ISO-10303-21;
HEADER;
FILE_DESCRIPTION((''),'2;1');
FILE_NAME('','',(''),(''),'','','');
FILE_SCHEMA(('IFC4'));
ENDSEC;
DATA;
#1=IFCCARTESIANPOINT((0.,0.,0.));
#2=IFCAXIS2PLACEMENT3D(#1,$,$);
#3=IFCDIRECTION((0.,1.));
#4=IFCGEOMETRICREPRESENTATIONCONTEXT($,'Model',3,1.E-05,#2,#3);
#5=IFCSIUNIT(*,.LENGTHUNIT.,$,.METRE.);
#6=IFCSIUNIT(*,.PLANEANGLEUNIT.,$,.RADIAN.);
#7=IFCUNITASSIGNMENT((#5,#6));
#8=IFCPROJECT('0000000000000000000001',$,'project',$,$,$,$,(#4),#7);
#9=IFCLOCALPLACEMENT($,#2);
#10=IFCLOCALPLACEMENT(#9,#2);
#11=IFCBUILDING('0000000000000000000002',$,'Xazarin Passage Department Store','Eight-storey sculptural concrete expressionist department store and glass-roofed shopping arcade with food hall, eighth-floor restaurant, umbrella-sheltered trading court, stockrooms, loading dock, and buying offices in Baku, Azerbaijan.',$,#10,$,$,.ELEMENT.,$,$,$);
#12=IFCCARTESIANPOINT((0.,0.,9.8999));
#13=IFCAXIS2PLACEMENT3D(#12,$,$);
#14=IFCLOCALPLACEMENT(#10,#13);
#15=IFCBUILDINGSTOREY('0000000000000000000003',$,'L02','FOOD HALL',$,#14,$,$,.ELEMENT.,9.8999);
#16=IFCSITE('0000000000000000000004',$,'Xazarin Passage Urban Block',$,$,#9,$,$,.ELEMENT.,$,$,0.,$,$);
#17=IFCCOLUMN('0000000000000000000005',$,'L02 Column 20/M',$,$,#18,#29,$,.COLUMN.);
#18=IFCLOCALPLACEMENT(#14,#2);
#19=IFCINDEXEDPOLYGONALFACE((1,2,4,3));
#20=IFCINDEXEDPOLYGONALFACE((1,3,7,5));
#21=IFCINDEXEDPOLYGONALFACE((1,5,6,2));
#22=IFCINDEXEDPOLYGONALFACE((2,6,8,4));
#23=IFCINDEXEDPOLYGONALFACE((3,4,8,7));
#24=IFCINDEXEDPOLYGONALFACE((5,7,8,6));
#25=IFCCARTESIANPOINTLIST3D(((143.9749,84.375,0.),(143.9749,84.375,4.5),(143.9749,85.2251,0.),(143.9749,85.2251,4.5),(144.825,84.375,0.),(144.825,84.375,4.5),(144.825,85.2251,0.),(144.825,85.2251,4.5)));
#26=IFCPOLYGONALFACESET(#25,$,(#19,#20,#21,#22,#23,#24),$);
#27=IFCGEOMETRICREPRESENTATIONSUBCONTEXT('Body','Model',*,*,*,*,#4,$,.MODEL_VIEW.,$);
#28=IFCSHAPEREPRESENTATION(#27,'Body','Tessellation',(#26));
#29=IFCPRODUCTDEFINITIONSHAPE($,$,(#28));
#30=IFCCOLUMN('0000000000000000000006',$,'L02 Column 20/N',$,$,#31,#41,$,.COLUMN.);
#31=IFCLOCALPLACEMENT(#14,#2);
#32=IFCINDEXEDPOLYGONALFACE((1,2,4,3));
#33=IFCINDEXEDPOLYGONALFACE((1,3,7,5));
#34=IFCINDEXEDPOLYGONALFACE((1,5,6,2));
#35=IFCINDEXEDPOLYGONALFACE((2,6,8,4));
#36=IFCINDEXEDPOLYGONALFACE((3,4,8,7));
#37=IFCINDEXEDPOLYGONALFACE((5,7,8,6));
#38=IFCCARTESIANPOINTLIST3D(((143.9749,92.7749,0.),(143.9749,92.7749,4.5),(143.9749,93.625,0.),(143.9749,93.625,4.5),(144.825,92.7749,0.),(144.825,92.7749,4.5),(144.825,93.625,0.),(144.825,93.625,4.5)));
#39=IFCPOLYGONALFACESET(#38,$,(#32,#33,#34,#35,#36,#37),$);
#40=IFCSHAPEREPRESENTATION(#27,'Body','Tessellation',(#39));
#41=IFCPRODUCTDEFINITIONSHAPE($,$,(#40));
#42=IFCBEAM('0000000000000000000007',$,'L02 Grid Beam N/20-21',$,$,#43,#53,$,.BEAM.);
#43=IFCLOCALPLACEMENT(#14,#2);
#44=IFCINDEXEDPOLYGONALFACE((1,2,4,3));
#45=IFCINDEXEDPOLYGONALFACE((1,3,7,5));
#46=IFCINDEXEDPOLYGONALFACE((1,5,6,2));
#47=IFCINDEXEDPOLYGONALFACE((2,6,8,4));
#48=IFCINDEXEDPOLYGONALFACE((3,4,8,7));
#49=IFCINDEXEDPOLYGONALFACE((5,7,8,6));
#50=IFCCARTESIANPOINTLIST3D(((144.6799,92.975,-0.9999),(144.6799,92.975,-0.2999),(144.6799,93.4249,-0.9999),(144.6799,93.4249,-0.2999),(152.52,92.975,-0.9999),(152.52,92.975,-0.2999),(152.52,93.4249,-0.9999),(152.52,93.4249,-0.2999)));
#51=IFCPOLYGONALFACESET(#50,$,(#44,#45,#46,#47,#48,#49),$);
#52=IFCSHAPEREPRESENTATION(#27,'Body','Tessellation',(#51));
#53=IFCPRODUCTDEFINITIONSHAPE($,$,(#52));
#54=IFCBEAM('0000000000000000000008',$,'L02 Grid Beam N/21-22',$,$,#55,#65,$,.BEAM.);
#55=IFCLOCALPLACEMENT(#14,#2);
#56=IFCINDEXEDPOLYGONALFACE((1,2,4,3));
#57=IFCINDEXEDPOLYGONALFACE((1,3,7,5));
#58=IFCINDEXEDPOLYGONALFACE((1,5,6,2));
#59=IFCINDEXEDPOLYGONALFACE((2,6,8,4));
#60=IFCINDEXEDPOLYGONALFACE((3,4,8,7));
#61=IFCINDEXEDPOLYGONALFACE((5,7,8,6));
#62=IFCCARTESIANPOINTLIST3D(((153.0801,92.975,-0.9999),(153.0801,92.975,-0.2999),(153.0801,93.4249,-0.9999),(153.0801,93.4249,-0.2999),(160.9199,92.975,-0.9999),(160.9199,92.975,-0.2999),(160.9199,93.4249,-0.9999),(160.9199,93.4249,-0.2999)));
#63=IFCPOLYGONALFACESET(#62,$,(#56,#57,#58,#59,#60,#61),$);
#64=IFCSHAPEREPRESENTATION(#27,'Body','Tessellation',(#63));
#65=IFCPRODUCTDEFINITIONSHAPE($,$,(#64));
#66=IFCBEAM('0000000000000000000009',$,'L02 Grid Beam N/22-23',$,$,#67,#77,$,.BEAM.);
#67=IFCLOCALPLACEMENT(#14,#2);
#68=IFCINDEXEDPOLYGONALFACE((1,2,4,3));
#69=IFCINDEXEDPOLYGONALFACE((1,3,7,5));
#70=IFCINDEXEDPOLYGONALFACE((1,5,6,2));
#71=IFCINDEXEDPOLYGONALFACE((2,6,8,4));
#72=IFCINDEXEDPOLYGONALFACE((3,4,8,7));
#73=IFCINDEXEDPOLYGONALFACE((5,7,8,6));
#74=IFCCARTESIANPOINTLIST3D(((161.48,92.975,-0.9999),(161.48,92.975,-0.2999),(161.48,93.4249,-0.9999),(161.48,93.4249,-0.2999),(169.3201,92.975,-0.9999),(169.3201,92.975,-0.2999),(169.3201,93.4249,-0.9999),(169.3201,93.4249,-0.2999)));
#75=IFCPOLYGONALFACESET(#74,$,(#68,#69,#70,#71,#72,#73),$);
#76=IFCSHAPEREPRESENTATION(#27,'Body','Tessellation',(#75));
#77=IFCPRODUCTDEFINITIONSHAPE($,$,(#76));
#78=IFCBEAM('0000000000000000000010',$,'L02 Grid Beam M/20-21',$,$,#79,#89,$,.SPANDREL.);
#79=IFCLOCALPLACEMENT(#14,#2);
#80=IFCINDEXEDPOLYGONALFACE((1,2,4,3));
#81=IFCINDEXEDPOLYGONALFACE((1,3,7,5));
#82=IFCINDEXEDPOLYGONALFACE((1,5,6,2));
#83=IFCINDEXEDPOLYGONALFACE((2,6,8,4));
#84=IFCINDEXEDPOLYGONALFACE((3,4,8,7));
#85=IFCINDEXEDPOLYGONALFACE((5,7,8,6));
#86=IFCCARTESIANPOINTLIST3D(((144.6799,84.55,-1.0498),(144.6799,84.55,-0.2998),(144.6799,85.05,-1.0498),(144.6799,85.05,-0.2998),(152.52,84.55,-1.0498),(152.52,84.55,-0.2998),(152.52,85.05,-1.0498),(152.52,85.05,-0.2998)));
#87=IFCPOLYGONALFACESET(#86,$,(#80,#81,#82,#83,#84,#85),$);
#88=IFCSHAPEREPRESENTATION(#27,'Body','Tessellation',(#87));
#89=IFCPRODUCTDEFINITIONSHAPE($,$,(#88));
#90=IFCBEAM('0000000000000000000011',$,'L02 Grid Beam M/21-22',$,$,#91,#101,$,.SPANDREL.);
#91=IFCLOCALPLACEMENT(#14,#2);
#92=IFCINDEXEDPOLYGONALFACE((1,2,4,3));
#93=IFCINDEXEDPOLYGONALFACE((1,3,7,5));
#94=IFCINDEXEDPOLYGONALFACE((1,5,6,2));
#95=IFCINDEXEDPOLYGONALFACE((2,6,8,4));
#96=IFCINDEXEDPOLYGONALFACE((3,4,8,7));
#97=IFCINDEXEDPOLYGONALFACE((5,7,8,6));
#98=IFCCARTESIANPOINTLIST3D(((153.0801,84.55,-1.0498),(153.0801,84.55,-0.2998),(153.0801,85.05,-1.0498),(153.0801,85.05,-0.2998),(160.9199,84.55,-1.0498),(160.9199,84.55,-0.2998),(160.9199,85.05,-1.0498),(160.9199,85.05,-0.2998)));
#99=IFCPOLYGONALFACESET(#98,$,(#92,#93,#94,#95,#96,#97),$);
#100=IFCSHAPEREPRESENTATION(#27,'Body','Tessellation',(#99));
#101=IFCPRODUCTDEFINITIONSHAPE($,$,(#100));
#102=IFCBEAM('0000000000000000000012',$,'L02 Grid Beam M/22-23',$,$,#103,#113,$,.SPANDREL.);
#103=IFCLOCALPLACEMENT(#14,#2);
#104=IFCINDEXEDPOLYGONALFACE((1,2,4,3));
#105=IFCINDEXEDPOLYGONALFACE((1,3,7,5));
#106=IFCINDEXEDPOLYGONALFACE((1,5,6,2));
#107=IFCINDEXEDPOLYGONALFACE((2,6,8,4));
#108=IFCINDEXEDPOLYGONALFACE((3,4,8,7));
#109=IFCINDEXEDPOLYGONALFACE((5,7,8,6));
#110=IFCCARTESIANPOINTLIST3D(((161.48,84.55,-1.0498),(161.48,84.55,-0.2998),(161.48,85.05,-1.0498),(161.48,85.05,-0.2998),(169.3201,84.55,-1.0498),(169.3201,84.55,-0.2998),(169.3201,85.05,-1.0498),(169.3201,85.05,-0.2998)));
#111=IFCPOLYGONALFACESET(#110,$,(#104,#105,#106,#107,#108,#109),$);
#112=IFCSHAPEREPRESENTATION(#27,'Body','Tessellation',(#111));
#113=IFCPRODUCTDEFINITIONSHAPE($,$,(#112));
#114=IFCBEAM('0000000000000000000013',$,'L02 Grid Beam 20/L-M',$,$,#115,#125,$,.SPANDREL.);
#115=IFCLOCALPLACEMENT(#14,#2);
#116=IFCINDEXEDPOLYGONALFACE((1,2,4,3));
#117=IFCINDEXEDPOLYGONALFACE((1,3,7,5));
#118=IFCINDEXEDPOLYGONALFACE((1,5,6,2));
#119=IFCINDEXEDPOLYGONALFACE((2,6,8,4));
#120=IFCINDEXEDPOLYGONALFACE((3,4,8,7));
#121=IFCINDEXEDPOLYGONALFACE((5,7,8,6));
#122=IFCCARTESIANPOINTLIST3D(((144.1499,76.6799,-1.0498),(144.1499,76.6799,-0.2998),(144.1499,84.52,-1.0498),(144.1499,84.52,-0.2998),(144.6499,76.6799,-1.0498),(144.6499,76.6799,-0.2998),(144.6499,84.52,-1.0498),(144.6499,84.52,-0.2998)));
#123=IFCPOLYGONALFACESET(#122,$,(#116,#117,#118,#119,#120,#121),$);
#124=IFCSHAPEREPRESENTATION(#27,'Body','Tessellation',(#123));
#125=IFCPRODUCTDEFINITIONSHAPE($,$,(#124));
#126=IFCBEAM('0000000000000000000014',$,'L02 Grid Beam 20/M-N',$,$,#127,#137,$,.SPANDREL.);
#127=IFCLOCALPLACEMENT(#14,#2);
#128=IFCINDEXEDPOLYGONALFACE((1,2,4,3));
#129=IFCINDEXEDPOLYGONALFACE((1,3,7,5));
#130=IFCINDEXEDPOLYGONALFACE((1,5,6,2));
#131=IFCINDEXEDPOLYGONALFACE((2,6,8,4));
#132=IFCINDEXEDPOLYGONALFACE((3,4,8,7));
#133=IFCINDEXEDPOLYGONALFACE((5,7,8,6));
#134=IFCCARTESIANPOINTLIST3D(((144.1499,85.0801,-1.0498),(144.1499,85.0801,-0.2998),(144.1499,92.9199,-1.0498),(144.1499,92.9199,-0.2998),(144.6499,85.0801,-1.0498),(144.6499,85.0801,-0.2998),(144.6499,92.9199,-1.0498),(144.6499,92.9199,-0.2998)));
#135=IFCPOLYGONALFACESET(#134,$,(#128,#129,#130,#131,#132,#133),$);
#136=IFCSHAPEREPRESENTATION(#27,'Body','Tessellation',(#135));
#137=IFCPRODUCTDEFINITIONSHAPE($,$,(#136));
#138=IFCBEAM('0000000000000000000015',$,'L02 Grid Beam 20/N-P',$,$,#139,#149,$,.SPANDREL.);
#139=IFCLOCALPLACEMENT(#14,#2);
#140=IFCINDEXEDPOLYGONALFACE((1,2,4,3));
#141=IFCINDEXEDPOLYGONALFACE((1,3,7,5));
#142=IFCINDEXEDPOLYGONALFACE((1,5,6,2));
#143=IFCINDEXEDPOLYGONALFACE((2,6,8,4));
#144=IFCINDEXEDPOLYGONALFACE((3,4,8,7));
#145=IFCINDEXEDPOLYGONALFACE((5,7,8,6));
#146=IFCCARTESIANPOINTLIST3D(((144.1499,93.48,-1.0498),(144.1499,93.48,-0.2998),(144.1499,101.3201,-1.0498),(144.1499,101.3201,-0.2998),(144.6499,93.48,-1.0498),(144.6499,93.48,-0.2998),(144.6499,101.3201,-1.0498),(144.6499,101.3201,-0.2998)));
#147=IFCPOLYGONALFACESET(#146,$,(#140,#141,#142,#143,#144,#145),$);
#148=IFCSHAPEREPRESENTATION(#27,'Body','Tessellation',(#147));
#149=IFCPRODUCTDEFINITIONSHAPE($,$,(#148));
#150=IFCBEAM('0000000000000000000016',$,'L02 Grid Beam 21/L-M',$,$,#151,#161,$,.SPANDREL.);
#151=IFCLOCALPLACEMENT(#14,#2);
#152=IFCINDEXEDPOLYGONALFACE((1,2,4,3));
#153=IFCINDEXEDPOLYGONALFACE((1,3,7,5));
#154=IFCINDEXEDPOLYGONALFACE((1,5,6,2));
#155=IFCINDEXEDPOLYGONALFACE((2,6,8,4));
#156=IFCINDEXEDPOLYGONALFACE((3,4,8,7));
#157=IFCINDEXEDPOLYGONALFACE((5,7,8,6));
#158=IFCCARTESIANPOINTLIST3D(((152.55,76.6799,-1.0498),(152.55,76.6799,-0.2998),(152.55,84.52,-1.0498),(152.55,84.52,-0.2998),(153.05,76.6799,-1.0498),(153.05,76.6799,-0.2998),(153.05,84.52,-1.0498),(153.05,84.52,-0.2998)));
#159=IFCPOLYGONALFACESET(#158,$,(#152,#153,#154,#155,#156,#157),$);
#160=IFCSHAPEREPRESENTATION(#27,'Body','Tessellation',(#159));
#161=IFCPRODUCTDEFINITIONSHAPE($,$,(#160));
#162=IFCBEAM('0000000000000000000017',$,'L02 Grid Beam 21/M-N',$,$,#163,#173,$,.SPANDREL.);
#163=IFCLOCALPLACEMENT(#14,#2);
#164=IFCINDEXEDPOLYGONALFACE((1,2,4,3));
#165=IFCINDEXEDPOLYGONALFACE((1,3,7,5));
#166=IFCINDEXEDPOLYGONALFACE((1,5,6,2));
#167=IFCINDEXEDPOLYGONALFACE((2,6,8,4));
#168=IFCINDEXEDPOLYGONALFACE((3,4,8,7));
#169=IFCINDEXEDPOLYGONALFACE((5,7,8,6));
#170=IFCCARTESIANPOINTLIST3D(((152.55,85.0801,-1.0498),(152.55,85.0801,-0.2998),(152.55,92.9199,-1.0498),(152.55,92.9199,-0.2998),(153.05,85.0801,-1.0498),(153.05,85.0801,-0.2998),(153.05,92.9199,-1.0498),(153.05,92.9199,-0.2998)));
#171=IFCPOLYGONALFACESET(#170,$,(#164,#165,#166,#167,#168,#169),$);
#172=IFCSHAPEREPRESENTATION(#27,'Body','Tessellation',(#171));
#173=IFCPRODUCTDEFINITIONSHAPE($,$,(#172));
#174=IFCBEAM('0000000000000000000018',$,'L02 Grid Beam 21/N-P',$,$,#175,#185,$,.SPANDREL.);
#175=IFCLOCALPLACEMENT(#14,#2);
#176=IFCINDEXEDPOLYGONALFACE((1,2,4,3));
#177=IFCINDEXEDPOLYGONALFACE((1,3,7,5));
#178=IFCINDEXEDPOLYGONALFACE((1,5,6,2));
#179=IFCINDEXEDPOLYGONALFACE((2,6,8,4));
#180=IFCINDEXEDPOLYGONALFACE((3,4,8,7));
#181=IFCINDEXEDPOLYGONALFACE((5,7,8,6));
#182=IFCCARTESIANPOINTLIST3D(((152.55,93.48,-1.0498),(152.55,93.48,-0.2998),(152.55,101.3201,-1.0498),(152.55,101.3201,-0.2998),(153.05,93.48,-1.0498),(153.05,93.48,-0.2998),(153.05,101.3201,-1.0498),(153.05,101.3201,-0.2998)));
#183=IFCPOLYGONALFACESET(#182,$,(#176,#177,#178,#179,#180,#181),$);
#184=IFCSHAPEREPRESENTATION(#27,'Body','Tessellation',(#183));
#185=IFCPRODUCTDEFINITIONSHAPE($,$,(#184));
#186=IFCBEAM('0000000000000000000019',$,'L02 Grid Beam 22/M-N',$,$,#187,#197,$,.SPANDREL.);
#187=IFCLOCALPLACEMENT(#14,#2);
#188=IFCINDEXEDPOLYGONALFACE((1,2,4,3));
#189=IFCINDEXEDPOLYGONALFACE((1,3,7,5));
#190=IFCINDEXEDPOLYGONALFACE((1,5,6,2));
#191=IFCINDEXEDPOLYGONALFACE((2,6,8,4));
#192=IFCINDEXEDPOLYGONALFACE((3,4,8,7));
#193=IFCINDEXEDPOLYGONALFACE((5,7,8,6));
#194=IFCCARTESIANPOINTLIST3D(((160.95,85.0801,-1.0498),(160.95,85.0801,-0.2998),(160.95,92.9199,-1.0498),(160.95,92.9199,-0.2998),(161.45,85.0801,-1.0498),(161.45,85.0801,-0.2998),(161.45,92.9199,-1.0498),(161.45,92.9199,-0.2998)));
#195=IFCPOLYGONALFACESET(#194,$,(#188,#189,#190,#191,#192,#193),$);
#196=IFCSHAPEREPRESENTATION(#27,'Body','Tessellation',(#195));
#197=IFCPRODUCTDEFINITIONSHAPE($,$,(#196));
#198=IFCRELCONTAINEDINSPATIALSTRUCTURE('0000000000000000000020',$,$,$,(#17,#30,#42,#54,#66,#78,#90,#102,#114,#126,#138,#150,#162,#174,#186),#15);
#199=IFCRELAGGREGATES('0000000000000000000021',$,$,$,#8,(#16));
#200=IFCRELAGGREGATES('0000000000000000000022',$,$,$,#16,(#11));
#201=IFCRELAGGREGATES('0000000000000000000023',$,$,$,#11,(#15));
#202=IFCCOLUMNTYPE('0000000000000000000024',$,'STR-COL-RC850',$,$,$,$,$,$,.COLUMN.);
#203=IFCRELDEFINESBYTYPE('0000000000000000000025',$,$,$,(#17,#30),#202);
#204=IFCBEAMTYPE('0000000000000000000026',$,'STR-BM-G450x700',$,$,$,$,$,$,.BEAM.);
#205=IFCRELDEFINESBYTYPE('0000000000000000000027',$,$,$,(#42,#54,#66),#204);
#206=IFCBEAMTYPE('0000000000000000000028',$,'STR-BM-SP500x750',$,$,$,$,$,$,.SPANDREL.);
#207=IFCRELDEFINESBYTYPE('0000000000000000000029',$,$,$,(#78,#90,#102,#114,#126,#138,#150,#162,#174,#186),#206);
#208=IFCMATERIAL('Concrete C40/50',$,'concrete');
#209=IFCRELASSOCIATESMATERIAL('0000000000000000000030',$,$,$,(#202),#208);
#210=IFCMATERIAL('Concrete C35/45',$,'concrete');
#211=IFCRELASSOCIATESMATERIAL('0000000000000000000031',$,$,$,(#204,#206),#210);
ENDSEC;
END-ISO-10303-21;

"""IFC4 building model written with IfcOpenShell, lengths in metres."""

from ifc_helpers import new_model, si_unit, direction, frame, origin, origin_2d, place, context, subcontext, project, spatial, rectangle, extrude, material, material_profile, profile_set, type_object, element, save


model = new_model("IFC4")

# Units and contexts
model_context = context("Model", 3, precision=1e-05, world=origin(), true_north=direction((0.0, 1.0)))
body_context = subcontext(model_context, "Body", "Model", "MODEL_VIEW")
ifc_project = project(units=[si_unit("LENGTHUNIT", "METRE"), si_unit("PLANEANGLEUNIT", "RADIAN")], contexts=[model_context])

# Site, building, storey
site_placement = place(None, origin())
site = spatial("IfcSite", under=ifc_project, at=site_placement, Name="Xazarin Passage Urban Block", CompositionType="ELEMENT", RefElevation=0.0)
building_placement = place(site_placement, origin())
building = spatial("IfcBuilding", under=site, at=building_placement, Name="Xazarin Passage Department Store", Description="Eight-storey sculptural concrete expressionist department store and glass-roofed shopping arcade with food hall, eighth-floor restaurant, umbrella-sheltered trading court, stockrooms, loading dock, and buying offices in Baku, Azerbaijan.", CompositionType="ELEMENT")
storey_placement = place(building_placement, frame((0.0, 0.0, 9.8999)))
storey = spatial("IfcBuildingStorey", under=building, at=storey_placement, Name="L02", Description="FOOD HALL", CompositionType="ELEMENT", Elevation=9.8999)

# Columns
ifc_material_1 = material(Name="Concrete C40/50", Category="concrete")
ifc_material_profile_1 = material_profile(ifc_material_1, rectangle(XDim=0.8501, YDim=0.8501, at=origin_2d()), Name="RC 850x850")
ifc_profile_set_1 = profile_set([ifc_material_profile_1], Name="Concrete C40/50")
column_type = type_object("IfcColumnType", Name="STR-COL-RC850", PredefinedType="COLUMN", material=ifc_profile_set_1)
for number, where, z_axis, x_axis, name in (
    (1, (144.3999, 84.8, 0.0), (0.0, 0.0, 1.0), (1.0, 0.0, 0.0), "L02 Column 20/M"),
    (2, (144.3999, 93.2, 0.0), (0.0, 0.0, 1.0), (1.0, 0.0, 0.0), "L02 Column 20/N"),
):
    element("IfcColumn", number, at=place(storey_placement, frame(where, z_axis=z_axis, x_axis=x_axis)), inside=storey, type_object=column_type, Name=name, PredefinedType="COLUMN", context=body_context, shape_type="SweptSolid", body=[
        extrude(rectangle(XDim=0.8501, YDim=0.8501, at=origin_2d()), origin(), (0.0, 0.0, 1.0), 4.5),
    ])

# Beams
ifc_material_2 = material(Name="Concrete C35/45", Category="concrete")
ifc_material_profile_2 = material_profile(ifc_material_2, rectangle(XDim=0.45, YDim=0.7, at=origin_2d()), Name="RC 450x700")
ifc_profile_set_2 = profile_set([ifc_material_profile_2], Name="Concrete C35/45")
beam_type_1 = type_object("IfcBeamType", Name="STR-BM-G450x700", PredefinedType="BEAM", material=ifc_profile_set_2)
beam_1_placement = place(storey_placement, frame((144.6799, 93.2, -0.6499), z_axis=(1.0, 0.0, 0.0), x_axis=(0.0, 1.0, 0.0)))
element("IfcBeam", 3, at=beam_1_placement, inside=storey, type_object=beam_type_1, Name="L02 Grid Beam N/20-21", PredefinedType="BEAM", context=body_context, shape_type="SweptSolid", body=[
    extrude(rectangle(XDim=0.45, YDim=0.7, at=origin_2d()), origin(), (0.0, 0.0, 1.0), 7.8401),
])
beam_2_placement = place(storey_placement, frame((153.0801, 93.2, -0.6499), z_axis=(1.0, 0.0, 0.0), x_axis=(0.0, 1.0, 0.0)))
element("IfcBeam", 4, at=beam_2_placement, inside=storey, type_object=beam_type_1, Name="L02 Grid Beam N/21-22", PredefinedType="BEAM", context=body_context, shape_type="SweptSolid", body=[
    extrude(rectangle(XDim=0.45, YDim=0.7, at=origin_2d()), origin(), (0.0, 0.0, 1.0), 7.8398),
])
beam_3_placement = place(storey_placement, frame((161.48, 93.2, -0.6499), z_axis=(1.0, 0.0, 0.0), x_axis=(0.0, 1.0, 0.0)))
element("IfcBeam", 5, at=beam_3_placement, inside=storey, type_object=beam_type_1, Name="L02 Grid Beam N/22-23", PredefinedType="BEAM", context=body_context, shape_type="SweptSolid", body=[
    extrude(rectangle(XDim=0.45, YDim=0.7, at=origin_2d()), origin(), (0.0, 0.0, 1.0), 7.8401),
])
ifc_material_profile_3 = material_profile(ifc_material_2, rectangle(XDim=0.5, YDim=0.75, at=origin_2d()), Name="RC 500x750")
ifc_profile_set_3 = profile_set([ifc_material_profile_3], Name="Concrete C35/45")
beam_type_2 = type_object("IfcBeamType", Name="STR-BM-SP500x750", PredefinedType="SPANDREL", material=ifc_profile_set_3)
beam_4_placement = place(storey_placement, frame((144.6799, 84.8, -0.6748), z_axis=(1.0, 0.0, 0.0), x_axis=(0.0, 1.0, 0.0)))
element("IfcBeam", 6, at=beam_4_placement, inside=storey, type_object=beam_type_2, Name="L02 Grid Beam M/20-21", PredefinedType="SPANDREL", context=body_context, shape_type="SweptSolid", body=[
    extrude(rectangle(XDim=0.5, YDim=0.75, at=origin_2d()), origin(), (0.0, 0.0, 1.0), 7.8401),
])
beam_5_placement = place(storey_placement, frame((153.0801, 84.8, -0.6748), z_axis=(1.0, 0.0, 0.0), x_axis=(0.0, 1.0, 0.0)))
element("IfcBeam", 7, at=beam_5_placement, inside=storey, type_object=beam_type_2, Name="L02 Grid Beam M/21-22", PredefinedType="SPANDREL", context=body_context, shape_type="SweptSolid", body=[
    extrude(rectangle(XDim=0.5, YDim=0.75, at=origin_2d()), origin(), (0.0, 0.0, 1.0), 7.8398),
])
for number, where, z_axis, x_axis, name in (
    (8, (161.48, 84.8, -0.6748), (1.0, 0.0, 0.0), (0.0, 1.0, 0.0), "L02 Grid Beam M/22-23"),
    (9, (144.3999, 76.6799, -0.6748), (0.0, 1.0, 0.0), (-1.0, 0.0, 0.0), "L02 Grid Beam 20/L-M"),
):
    element("IfcBeam", number, at=place(storey_placement, frame(where, z_axis=z_axis, x_axis=x_axis)), inside=storey, type_object=beam_type_2, Name=name, PredefinedType="SPANDREL", context=body_context, shape_type="SweptSolid", body=[
        extrude(rectangle(XDim=0.5, YDim=0.75, at=origin_2d()), origin(), (0.0, 0.0, 1.0), 7.8401),
    ])
beam_6_placement = place(storey_placement, frame((144.3999, 85.0801, -0.6748), z_axis=(0.0, 1.0, 0.0), x_axis=(-1.0, 0.0, 0.0)))
element("IfcBeam", 10, at=beam_6_placement, inside=storey, type_object=beam_type_2, Name="L02 Grid Beam 20/M-N", PredefinedType="SPANDREL", context=body_context, shape_type="SweptSolid", body=[
    extrude(rectangle(XDim=0.5, YDim=0.75, at=origin_2d()), origin(), (0.0, 0.0, 1.0), 7.8398),
])
for number, where, z_axis, x_axis, name in (
    (11, (144.3999, 93.48, -0.6748), (0.0, 1.0, 0.0), (-1.0, 0.0, 0.0), "L02 Grid Beam 20/N-P"),
    (12, (152.8, 76.6799, -0.6748), (0.0, 1.0, 0.0), (-1.0, 0.0, 0.0), "L02 Grid Beam 21/L-M"),
):
    element("IfcBeam", number, at=place(storey_placement, frame(where, z_axis=z_axis, x_axis=x_axis)), inside=storey, type_object=beam_type_2, Name=name, PredefinedType="SPANDREL", context=body_context, shape_type="SweptSolid", body=[
        extrude(rectangle(XDim=0.5, YDim=0.75, at=origin_2d()), origin(), (0.0, 0.0, 1.0), 7.8401),
    ])
beam_7_placement = place(storey_placement, frame((152.8, 85.0801, -0.6748), z_axis=(0.0, 1.0, 0.0), x_axis=(-1.0, 0.0, 0.0)))
element("IfcBeam", 13, at=beam_7_placement, inside=storey, type_object=beam_type_2, Name="L02 Grid Beam 21/M-N", PredefinedType="SPANDREL", context=body_context, shape_type="SweptSolid", body=[
    extrude(rectangle(XDim=0.5, YDim=0.75, at=origin_2d()), origin(), (0.0, 0.0, 1.0), 7.8398),
])
beam_8_placement = place(storey_placement, frame((152.8, 93.48, -0.6748), z_axis=(0.0, 1.0, 0.0), x_axis=(-1.0, 0.0, 0.0)))
element("IfcBeam", 14, at=beam_8_placement, inside=storey, type_object=beam_type_2, Name="L02 Grid Beam 21/N-P", PredefinedType="SPANDREL", context=body_context, shape_type="SweptSolid", body=[
    extrude(rectangle(XDim=0.5, YDim=0.75, at=origin_2d()), origin(), (0.0, 0.0, 1.0), 7.8401),
])
for number, where, z_axis, x_axis, name in (
    (15, (161.2, 85.0801, -0.6748), (0.0, 1.0, 0.0), (-1.0, 0.0, 0.0), "L02 Grid Beam 22/M-N"),
):
    element("IfcBeam", number, at=place(storey_placement, frame(where, z_axis=z_axis, x_axis=x_axis)), inside=storey, type_object=beam_type_2, Name=name, PredefinedType="SPANDREL", context=body_context, shape_type="SweptSolid", body=[
        extrude(rectangle(XDim=0.5, YDim=0.75, at=origin_2d()), origin(), (0.0, 0.0, 1.0), 7.8398),
    ])

save(model, "model.ifc")
